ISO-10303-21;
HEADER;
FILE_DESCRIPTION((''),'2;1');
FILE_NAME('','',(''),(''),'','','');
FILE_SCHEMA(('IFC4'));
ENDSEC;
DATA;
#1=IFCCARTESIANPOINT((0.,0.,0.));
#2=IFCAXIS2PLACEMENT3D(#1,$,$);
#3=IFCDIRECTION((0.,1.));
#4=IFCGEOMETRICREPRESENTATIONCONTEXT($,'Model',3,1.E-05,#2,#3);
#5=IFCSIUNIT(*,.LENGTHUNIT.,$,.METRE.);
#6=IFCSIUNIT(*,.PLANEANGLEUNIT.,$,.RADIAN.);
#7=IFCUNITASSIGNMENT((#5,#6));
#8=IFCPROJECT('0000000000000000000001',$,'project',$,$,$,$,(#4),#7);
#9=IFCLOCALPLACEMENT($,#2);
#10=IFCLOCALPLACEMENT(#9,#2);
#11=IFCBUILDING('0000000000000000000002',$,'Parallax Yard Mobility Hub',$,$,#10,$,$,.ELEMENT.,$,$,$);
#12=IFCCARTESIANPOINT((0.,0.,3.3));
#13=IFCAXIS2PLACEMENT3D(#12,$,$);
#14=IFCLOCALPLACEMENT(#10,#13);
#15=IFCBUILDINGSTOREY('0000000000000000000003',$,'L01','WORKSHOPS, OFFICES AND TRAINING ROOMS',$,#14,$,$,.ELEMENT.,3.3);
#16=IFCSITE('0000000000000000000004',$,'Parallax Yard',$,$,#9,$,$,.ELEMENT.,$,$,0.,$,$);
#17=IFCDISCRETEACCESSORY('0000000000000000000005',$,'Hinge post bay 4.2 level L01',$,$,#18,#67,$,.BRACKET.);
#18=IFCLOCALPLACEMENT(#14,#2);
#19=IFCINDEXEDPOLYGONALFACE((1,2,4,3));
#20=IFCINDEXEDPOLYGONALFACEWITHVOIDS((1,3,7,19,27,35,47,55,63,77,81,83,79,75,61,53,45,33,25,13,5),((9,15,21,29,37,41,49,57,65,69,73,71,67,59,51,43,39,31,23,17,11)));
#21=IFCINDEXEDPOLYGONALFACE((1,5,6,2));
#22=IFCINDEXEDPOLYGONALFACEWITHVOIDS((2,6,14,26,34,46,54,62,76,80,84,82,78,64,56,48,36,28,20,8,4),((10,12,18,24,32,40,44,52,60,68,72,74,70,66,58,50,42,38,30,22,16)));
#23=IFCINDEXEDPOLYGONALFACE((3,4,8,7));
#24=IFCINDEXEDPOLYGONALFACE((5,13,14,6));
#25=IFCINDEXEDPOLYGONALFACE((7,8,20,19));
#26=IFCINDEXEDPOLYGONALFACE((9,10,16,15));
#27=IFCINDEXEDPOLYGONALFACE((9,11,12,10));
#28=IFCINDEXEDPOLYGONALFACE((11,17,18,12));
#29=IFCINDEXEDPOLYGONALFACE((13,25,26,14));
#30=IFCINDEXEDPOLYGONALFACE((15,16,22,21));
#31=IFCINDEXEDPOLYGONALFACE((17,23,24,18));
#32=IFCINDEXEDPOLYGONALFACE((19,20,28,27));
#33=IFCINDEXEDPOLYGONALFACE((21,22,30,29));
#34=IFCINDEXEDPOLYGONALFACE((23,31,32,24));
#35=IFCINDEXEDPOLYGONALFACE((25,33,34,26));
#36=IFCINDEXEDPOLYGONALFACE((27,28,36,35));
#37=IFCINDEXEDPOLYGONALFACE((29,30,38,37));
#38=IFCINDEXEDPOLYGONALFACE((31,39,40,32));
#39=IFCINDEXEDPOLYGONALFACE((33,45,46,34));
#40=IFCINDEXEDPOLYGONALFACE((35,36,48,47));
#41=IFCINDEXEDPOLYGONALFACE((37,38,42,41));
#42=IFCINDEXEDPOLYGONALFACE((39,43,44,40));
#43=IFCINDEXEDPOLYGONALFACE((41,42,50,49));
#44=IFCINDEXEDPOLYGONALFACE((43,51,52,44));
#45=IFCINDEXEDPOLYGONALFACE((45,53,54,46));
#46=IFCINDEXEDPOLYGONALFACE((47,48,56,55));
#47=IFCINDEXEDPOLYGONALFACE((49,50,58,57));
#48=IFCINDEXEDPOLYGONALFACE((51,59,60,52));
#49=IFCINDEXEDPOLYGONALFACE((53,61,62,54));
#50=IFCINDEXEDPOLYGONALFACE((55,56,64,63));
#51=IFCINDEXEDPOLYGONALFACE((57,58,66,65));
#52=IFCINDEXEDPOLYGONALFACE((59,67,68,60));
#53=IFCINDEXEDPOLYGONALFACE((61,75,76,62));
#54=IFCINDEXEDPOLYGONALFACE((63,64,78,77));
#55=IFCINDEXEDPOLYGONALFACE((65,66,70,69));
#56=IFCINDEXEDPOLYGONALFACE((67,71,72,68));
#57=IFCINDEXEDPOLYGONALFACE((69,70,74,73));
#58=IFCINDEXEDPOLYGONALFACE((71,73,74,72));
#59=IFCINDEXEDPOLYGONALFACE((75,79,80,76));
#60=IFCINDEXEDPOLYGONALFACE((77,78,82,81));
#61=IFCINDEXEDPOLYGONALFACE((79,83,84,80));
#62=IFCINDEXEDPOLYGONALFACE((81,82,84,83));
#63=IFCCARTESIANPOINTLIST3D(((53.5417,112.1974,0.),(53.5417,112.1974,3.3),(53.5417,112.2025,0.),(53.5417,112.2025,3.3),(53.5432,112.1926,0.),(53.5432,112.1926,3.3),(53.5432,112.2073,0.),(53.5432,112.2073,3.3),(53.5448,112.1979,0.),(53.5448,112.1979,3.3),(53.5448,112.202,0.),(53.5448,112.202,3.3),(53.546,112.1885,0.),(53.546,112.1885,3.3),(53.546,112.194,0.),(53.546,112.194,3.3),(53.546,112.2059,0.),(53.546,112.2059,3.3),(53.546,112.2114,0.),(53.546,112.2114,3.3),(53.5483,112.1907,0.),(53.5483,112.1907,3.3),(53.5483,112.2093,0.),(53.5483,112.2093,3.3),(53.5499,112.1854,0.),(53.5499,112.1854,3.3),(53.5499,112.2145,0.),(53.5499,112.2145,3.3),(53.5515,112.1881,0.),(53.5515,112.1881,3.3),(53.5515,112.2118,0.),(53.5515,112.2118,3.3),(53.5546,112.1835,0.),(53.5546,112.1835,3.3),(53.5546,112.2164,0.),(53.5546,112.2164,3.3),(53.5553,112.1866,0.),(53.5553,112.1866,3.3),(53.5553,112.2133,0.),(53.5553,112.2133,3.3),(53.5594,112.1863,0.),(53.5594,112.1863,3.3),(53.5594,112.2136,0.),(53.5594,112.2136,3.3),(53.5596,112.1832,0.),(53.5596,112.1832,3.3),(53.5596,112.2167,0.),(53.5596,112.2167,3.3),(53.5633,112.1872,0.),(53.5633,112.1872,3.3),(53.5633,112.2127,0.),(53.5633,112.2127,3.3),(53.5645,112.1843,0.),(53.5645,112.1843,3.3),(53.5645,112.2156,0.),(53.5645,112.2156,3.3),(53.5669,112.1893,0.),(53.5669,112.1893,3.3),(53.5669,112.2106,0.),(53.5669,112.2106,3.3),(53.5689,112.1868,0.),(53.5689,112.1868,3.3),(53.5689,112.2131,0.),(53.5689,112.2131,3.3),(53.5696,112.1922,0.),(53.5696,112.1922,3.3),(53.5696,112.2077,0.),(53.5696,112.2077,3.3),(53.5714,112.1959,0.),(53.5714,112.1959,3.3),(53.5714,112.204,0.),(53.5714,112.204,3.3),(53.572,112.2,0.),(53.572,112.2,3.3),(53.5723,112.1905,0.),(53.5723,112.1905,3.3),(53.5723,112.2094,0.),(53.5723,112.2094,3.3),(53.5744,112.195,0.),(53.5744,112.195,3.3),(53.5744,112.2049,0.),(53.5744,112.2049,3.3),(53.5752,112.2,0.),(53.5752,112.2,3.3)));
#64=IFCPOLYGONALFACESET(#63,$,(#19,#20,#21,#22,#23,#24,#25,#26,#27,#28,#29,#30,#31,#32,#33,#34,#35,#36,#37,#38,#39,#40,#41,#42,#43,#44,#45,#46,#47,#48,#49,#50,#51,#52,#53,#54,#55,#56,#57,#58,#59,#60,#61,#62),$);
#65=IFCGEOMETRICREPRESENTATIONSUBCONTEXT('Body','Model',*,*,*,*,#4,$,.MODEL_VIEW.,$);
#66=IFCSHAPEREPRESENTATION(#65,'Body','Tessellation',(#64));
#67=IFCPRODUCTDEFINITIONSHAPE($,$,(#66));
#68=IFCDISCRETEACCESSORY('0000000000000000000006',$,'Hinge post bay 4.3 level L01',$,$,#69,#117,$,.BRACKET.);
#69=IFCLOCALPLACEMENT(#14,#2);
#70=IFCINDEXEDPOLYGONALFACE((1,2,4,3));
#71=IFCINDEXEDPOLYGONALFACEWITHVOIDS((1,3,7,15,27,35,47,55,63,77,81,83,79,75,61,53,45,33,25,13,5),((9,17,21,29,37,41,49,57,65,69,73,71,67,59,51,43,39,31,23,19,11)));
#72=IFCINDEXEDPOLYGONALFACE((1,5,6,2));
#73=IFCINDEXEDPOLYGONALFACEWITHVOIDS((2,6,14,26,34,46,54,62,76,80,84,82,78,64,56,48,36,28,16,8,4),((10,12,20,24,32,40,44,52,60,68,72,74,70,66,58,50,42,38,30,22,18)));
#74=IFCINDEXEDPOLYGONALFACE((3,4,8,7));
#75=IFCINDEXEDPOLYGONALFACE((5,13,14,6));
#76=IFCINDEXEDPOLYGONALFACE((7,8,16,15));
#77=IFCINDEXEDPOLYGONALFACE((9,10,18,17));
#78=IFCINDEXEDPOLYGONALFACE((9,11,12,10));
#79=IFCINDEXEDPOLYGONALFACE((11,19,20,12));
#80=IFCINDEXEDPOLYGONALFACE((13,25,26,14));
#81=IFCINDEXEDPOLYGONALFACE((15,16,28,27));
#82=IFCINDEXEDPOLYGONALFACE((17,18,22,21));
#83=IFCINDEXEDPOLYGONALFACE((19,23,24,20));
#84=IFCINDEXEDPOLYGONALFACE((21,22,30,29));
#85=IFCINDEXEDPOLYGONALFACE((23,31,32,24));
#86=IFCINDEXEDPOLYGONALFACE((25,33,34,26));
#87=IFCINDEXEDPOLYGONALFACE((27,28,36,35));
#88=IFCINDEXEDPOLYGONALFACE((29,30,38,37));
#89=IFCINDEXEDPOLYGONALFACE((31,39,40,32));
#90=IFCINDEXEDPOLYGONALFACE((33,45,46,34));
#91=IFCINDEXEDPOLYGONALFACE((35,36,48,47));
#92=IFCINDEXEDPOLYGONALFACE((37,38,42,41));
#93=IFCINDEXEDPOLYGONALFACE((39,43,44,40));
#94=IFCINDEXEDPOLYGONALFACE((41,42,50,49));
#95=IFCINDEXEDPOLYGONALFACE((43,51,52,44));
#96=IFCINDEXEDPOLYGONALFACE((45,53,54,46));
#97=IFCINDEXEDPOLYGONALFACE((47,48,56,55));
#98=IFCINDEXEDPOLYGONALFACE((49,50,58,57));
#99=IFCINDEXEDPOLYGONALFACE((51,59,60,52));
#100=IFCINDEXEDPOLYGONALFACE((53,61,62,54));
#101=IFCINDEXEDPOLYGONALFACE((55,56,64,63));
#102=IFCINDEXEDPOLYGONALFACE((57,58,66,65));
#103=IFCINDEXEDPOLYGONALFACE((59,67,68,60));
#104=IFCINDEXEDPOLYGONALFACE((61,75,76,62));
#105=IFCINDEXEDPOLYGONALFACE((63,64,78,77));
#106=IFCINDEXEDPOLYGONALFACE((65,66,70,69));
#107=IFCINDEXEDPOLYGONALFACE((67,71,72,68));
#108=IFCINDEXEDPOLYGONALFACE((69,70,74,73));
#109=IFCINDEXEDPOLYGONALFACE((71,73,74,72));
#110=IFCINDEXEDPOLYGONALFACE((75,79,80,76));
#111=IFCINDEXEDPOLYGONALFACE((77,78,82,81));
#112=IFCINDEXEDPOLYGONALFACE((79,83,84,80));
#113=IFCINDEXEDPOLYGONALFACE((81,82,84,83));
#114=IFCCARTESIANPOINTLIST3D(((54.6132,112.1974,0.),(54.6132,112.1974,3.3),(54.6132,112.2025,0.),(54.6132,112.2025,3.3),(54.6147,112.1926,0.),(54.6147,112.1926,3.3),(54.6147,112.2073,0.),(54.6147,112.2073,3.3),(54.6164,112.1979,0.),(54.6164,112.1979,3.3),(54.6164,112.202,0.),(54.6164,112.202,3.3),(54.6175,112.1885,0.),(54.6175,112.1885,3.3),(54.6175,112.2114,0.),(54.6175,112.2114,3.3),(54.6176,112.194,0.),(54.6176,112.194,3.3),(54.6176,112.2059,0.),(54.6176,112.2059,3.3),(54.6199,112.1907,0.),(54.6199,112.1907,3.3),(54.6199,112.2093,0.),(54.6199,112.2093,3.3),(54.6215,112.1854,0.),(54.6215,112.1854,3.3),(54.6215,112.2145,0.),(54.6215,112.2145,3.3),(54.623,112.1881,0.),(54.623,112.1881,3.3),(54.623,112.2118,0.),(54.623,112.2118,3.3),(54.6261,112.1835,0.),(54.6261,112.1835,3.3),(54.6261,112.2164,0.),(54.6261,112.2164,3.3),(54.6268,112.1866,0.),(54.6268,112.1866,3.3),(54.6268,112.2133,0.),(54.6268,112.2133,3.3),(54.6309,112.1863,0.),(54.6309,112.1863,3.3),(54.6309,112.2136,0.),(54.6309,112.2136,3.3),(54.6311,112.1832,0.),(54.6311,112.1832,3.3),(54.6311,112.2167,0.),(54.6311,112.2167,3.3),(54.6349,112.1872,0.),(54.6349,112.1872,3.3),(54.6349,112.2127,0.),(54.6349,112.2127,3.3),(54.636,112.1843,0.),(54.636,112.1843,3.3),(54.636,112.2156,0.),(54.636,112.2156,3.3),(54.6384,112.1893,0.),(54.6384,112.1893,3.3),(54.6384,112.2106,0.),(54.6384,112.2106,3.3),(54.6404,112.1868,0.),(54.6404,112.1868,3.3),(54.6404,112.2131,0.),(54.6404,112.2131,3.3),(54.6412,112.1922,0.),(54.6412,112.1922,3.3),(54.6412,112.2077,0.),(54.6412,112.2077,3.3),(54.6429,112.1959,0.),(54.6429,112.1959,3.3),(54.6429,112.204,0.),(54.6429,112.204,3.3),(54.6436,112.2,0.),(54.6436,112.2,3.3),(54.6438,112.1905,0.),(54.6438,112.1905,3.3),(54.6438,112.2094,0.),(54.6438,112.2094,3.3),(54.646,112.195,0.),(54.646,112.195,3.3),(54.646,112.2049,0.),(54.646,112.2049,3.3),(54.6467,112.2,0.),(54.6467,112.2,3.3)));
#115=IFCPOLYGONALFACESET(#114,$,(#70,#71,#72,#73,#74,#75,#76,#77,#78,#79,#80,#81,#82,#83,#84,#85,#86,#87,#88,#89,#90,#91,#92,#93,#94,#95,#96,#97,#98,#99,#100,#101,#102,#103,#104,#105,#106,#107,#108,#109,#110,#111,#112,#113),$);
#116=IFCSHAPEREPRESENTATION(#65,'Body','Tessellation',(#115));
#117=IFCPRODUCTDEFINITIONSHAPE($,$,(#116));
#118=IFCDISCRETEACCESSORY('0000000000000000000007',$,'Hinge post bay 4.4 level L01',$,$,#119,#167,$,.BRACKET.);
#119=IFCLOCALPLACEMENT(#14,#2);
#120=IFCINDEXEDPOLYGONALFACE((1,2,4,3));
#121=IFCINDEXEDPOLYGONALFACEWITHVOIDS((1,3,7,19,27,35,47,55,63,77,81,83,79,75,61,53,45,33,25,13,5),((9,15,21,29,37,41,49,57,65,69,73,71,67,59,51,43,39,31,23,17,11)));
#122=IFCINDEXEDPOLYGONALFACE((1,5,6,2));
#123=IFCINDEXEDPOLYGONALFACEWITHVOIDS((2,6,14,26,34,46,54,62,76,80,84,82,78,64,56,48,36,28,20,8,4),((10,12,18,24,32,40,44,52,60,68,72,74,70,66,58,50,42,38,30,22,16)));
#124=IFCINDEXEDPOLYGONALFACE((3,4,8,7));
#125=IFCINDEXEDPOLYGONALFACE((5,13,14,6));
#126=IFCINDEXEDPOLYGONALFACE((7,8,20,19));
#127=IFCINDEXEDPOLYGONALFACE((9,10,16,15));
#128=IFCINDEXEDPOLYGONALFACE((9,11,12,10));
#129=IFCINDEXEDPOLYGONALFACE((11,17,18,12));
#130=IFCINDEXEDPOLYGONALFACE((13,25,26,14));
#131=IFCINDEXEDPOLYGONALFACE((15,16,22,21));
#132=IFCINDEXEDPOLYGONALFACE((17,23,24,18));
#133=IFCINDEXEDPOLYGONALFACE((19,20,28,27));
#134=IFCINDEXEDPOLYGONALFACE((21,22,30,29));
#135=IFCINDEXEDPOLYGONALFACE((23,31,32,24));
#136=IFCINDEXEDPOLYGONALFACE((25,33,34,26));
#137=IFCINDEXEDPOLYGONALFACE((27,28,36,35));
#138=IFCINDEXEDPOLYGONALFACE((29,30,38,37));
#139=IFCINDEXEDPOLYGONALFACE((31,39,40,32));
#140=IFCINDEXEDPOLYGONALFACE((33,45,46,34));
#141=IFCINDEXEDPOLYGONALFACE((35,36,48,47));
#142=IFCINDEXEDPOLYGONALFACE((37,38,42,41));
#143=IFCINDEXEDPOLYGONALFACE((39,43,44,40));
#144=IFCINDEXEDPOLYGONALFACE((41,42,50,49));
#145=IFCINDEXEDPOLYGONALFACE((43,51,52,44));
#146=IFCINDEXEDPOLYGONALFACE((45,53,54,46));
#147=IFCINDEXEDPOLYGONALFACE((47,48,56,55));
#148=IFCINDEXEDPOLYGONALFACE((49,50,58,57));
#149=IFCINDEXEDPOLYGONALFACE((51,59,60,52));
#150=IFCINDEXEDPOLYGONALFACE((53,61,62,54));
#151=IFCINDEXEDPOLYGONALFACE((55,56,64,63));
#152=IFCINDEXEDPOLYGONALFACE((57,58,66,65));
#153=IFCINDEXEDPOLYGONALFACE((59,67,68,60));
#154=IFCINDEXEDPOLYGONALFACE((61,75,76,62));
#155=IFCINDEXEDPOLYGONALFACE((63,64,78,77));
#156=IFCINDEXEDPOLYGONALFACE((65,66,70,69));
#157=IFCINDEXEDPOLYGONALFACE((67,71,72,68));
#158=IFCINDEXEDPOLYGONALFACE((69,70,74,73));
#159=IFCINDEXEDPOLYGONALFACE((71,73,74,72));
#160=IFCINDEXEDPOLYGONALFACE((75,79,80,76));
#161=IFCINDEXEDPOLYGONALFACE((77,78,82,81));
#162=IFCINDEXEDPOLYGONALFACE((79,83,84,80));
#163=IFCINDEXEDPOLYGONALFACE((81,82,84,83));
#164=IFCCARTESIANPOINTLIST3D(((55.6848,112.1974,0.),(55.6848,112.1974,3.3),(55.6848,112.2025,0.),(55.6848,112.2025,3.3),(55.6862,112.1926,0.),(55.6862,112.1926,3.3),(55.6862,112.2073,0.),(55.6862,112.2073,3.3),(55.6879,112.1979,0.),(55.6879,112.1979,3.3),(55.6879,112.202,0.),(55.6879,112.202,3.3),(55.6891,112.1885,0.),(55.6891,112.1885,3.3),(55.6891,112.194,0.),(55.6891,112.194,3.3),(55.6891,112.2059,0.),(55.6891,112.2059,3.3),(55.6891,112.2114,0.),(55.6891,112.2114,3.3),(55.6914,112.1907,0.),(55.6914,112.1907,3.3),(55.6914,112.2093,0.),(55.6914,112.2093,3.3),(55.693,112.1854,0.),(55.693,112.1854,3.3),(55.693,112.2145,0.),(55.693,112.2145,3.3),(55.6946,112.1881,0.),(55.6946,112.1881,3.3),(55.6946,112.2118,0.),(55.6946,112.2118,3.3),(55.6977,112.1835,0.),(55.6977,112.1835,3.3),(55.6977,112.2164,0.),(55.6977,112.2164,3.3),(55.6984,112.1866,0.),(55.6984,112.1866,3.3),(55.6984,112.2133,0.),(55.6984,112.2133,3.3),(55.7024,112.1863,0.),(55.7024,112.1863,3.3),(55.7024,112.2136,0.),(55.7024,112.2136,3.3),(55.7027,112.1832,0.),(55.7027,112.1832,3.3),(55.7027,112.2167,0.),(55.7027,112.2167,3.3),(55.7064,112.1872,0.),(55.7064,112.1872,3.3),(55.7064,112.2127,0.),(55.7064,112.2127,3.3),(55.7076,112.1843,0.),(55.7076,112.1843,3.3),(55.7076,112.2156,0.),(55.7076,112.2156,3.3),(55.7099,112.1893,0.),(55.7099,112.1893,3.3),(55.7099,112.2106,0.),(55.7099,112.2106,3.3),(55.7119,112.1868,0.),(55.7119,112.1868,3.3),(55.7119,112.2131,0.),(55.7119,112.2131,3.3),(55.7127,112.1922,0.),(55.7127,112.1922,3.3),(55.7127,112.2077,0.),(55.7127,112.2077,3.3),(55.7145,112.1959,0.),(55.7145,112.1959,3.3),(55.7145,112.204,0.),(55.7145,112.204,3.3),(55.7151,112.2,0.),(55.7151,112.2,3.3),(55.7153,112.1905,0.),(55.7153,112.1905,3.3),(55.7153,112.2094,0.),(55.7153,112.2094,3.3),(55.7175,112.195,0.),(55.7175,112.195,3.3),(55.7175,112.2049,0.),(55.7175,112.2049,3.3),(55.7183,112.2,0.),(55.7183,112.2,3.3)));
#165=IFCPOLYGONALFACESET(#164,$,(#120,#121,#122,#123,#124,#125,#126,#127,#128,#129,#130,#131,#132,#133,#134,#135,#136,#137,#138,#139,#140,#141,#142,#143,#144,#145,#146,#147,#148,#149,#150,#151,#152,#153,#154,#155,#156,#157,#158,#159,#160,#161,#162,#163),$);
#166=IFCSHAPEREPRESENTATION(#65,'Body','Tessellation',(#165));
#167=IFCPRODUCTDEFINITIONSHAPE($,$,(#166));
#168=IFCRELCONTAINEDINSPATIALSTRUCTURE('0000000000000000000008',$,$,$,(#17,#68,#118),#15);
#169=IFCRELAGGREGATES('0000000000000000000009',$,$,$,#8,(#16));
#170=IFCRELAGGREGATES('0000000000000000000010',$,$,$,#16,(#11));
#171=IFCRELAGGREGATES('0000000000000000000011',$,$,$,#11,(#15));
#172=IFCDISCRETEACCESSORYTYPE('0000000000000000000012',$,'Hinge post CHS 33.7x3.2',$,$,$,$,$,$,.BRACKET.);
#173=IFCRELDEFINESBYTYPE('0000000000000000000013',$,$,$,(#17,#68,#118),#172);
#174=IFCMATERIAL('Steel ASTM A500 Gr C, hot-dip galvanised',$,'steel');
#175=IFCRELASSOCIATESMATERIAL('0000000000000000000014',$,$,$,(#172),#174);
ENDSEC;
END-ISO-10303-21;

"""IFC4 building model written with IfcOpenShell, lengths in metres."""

from ifc_helpers import new_model, si_unit, direction, frame, origin, origin_2d, place, context, subcontext, project, spatial, hollow_circle, extrude, material, material_profile, profile_set, type_object, element, save


model = new_model("IFC4")

# Units and contexts
model_context = context("Model", 3, precision=1e-05, world=origin(), true_north=direction((0.0, 1.0)))
body_context = subcontext(model_context, "Body", "Model", "MODEL_VIEW")
ifc_project = project(units=[si_unit("LENGTHUNIT", "METRE"), si_unit("PLANEANGLEUNIT", "RADIAN")], contexts=[model_context])

# Site, building, storey
site_placement = place(None, origin())
site = spatial("IfcSite", under=ifc_project, at=site_placement, Name="Parallax Yard", CompositionType="ELEMENT", RefElevation=0.0)
building_placement = place(site_placement, origin())
building = spatial("IfcBuilding", under=site, at=building_placement, Name="Parallax Yard Mobility Hub", CompositionType="ELEMENT")
storey_placement = place(building_placement, frame((0.0, 0.0, 3.3)))
storey = spatial("IfcBuildingStorey", under=building, at=storey_placement, Name="L01", Description="WORKSHOPS, OFFICES AND TRAINING ROOMS", CompositionType="ELEMENT", Elevation=3.3)

# Discrete accessories
ifc_material_1 = material(Name="Steel ASTM A500 Gr C, hot-dip galvanised", Category="steel")
ifc_material_profile_1 = material_profile(ifc_material_1, hollow_circle(Radius=0.0168, WallThickness=0.0032, at=origin_2d()), Name="CHS 33.7x3.2")
ifc_profile_set_1 = profile_set([ifc_material_profile_1], Name="Steel ASTM A500 Gr C, hot-dip galvanised")
discrete_accessory_type_1 = type_object("IfcDiscreteAccessoryType", Name="Hinge post CHS 33.7x3.2", PredefinedType="BRACKET", material=ifc_profile_set_1)
for number, where, z_axis, x_axis, name in (
    (1, (53.5583, 112.2, 0.0), (0.0, 0.0, 1.0), (1.0, 0.0, 0.0), "Hinge post bay 4.2 level L01"),
    (2, (54.6299, 112.2, 0.0), (0.0, 0.0, 1.0), (1.0, 0.0, 0.0), "Hinge post bay 4.3 level L01"),
    (3, (55.7014, 112.2, 0.0), (0.0, 0.0, 1.0), (1.0, 0.0, 0.0), "Hinge post bay 4.4 level L01"),
):
    element("IfcDiscreteAccessory", number, at=place(storey_placement, frame(where, z_axis=z_axis, x_axis=x_axis)), inside=storey, type_object=discrete_accessory_type_1, Name=name, PredefinedType="BRACKET", context=body_context, shape_type="SweptSolid", body=[
        extrude(hollow_circle(Radius=0.0168, WallThickness=0.0032, at=origin_2d()), origin(), (0.0, 0.0, 1.0), 3.3),
    ])

save(model, "model.ifc")
